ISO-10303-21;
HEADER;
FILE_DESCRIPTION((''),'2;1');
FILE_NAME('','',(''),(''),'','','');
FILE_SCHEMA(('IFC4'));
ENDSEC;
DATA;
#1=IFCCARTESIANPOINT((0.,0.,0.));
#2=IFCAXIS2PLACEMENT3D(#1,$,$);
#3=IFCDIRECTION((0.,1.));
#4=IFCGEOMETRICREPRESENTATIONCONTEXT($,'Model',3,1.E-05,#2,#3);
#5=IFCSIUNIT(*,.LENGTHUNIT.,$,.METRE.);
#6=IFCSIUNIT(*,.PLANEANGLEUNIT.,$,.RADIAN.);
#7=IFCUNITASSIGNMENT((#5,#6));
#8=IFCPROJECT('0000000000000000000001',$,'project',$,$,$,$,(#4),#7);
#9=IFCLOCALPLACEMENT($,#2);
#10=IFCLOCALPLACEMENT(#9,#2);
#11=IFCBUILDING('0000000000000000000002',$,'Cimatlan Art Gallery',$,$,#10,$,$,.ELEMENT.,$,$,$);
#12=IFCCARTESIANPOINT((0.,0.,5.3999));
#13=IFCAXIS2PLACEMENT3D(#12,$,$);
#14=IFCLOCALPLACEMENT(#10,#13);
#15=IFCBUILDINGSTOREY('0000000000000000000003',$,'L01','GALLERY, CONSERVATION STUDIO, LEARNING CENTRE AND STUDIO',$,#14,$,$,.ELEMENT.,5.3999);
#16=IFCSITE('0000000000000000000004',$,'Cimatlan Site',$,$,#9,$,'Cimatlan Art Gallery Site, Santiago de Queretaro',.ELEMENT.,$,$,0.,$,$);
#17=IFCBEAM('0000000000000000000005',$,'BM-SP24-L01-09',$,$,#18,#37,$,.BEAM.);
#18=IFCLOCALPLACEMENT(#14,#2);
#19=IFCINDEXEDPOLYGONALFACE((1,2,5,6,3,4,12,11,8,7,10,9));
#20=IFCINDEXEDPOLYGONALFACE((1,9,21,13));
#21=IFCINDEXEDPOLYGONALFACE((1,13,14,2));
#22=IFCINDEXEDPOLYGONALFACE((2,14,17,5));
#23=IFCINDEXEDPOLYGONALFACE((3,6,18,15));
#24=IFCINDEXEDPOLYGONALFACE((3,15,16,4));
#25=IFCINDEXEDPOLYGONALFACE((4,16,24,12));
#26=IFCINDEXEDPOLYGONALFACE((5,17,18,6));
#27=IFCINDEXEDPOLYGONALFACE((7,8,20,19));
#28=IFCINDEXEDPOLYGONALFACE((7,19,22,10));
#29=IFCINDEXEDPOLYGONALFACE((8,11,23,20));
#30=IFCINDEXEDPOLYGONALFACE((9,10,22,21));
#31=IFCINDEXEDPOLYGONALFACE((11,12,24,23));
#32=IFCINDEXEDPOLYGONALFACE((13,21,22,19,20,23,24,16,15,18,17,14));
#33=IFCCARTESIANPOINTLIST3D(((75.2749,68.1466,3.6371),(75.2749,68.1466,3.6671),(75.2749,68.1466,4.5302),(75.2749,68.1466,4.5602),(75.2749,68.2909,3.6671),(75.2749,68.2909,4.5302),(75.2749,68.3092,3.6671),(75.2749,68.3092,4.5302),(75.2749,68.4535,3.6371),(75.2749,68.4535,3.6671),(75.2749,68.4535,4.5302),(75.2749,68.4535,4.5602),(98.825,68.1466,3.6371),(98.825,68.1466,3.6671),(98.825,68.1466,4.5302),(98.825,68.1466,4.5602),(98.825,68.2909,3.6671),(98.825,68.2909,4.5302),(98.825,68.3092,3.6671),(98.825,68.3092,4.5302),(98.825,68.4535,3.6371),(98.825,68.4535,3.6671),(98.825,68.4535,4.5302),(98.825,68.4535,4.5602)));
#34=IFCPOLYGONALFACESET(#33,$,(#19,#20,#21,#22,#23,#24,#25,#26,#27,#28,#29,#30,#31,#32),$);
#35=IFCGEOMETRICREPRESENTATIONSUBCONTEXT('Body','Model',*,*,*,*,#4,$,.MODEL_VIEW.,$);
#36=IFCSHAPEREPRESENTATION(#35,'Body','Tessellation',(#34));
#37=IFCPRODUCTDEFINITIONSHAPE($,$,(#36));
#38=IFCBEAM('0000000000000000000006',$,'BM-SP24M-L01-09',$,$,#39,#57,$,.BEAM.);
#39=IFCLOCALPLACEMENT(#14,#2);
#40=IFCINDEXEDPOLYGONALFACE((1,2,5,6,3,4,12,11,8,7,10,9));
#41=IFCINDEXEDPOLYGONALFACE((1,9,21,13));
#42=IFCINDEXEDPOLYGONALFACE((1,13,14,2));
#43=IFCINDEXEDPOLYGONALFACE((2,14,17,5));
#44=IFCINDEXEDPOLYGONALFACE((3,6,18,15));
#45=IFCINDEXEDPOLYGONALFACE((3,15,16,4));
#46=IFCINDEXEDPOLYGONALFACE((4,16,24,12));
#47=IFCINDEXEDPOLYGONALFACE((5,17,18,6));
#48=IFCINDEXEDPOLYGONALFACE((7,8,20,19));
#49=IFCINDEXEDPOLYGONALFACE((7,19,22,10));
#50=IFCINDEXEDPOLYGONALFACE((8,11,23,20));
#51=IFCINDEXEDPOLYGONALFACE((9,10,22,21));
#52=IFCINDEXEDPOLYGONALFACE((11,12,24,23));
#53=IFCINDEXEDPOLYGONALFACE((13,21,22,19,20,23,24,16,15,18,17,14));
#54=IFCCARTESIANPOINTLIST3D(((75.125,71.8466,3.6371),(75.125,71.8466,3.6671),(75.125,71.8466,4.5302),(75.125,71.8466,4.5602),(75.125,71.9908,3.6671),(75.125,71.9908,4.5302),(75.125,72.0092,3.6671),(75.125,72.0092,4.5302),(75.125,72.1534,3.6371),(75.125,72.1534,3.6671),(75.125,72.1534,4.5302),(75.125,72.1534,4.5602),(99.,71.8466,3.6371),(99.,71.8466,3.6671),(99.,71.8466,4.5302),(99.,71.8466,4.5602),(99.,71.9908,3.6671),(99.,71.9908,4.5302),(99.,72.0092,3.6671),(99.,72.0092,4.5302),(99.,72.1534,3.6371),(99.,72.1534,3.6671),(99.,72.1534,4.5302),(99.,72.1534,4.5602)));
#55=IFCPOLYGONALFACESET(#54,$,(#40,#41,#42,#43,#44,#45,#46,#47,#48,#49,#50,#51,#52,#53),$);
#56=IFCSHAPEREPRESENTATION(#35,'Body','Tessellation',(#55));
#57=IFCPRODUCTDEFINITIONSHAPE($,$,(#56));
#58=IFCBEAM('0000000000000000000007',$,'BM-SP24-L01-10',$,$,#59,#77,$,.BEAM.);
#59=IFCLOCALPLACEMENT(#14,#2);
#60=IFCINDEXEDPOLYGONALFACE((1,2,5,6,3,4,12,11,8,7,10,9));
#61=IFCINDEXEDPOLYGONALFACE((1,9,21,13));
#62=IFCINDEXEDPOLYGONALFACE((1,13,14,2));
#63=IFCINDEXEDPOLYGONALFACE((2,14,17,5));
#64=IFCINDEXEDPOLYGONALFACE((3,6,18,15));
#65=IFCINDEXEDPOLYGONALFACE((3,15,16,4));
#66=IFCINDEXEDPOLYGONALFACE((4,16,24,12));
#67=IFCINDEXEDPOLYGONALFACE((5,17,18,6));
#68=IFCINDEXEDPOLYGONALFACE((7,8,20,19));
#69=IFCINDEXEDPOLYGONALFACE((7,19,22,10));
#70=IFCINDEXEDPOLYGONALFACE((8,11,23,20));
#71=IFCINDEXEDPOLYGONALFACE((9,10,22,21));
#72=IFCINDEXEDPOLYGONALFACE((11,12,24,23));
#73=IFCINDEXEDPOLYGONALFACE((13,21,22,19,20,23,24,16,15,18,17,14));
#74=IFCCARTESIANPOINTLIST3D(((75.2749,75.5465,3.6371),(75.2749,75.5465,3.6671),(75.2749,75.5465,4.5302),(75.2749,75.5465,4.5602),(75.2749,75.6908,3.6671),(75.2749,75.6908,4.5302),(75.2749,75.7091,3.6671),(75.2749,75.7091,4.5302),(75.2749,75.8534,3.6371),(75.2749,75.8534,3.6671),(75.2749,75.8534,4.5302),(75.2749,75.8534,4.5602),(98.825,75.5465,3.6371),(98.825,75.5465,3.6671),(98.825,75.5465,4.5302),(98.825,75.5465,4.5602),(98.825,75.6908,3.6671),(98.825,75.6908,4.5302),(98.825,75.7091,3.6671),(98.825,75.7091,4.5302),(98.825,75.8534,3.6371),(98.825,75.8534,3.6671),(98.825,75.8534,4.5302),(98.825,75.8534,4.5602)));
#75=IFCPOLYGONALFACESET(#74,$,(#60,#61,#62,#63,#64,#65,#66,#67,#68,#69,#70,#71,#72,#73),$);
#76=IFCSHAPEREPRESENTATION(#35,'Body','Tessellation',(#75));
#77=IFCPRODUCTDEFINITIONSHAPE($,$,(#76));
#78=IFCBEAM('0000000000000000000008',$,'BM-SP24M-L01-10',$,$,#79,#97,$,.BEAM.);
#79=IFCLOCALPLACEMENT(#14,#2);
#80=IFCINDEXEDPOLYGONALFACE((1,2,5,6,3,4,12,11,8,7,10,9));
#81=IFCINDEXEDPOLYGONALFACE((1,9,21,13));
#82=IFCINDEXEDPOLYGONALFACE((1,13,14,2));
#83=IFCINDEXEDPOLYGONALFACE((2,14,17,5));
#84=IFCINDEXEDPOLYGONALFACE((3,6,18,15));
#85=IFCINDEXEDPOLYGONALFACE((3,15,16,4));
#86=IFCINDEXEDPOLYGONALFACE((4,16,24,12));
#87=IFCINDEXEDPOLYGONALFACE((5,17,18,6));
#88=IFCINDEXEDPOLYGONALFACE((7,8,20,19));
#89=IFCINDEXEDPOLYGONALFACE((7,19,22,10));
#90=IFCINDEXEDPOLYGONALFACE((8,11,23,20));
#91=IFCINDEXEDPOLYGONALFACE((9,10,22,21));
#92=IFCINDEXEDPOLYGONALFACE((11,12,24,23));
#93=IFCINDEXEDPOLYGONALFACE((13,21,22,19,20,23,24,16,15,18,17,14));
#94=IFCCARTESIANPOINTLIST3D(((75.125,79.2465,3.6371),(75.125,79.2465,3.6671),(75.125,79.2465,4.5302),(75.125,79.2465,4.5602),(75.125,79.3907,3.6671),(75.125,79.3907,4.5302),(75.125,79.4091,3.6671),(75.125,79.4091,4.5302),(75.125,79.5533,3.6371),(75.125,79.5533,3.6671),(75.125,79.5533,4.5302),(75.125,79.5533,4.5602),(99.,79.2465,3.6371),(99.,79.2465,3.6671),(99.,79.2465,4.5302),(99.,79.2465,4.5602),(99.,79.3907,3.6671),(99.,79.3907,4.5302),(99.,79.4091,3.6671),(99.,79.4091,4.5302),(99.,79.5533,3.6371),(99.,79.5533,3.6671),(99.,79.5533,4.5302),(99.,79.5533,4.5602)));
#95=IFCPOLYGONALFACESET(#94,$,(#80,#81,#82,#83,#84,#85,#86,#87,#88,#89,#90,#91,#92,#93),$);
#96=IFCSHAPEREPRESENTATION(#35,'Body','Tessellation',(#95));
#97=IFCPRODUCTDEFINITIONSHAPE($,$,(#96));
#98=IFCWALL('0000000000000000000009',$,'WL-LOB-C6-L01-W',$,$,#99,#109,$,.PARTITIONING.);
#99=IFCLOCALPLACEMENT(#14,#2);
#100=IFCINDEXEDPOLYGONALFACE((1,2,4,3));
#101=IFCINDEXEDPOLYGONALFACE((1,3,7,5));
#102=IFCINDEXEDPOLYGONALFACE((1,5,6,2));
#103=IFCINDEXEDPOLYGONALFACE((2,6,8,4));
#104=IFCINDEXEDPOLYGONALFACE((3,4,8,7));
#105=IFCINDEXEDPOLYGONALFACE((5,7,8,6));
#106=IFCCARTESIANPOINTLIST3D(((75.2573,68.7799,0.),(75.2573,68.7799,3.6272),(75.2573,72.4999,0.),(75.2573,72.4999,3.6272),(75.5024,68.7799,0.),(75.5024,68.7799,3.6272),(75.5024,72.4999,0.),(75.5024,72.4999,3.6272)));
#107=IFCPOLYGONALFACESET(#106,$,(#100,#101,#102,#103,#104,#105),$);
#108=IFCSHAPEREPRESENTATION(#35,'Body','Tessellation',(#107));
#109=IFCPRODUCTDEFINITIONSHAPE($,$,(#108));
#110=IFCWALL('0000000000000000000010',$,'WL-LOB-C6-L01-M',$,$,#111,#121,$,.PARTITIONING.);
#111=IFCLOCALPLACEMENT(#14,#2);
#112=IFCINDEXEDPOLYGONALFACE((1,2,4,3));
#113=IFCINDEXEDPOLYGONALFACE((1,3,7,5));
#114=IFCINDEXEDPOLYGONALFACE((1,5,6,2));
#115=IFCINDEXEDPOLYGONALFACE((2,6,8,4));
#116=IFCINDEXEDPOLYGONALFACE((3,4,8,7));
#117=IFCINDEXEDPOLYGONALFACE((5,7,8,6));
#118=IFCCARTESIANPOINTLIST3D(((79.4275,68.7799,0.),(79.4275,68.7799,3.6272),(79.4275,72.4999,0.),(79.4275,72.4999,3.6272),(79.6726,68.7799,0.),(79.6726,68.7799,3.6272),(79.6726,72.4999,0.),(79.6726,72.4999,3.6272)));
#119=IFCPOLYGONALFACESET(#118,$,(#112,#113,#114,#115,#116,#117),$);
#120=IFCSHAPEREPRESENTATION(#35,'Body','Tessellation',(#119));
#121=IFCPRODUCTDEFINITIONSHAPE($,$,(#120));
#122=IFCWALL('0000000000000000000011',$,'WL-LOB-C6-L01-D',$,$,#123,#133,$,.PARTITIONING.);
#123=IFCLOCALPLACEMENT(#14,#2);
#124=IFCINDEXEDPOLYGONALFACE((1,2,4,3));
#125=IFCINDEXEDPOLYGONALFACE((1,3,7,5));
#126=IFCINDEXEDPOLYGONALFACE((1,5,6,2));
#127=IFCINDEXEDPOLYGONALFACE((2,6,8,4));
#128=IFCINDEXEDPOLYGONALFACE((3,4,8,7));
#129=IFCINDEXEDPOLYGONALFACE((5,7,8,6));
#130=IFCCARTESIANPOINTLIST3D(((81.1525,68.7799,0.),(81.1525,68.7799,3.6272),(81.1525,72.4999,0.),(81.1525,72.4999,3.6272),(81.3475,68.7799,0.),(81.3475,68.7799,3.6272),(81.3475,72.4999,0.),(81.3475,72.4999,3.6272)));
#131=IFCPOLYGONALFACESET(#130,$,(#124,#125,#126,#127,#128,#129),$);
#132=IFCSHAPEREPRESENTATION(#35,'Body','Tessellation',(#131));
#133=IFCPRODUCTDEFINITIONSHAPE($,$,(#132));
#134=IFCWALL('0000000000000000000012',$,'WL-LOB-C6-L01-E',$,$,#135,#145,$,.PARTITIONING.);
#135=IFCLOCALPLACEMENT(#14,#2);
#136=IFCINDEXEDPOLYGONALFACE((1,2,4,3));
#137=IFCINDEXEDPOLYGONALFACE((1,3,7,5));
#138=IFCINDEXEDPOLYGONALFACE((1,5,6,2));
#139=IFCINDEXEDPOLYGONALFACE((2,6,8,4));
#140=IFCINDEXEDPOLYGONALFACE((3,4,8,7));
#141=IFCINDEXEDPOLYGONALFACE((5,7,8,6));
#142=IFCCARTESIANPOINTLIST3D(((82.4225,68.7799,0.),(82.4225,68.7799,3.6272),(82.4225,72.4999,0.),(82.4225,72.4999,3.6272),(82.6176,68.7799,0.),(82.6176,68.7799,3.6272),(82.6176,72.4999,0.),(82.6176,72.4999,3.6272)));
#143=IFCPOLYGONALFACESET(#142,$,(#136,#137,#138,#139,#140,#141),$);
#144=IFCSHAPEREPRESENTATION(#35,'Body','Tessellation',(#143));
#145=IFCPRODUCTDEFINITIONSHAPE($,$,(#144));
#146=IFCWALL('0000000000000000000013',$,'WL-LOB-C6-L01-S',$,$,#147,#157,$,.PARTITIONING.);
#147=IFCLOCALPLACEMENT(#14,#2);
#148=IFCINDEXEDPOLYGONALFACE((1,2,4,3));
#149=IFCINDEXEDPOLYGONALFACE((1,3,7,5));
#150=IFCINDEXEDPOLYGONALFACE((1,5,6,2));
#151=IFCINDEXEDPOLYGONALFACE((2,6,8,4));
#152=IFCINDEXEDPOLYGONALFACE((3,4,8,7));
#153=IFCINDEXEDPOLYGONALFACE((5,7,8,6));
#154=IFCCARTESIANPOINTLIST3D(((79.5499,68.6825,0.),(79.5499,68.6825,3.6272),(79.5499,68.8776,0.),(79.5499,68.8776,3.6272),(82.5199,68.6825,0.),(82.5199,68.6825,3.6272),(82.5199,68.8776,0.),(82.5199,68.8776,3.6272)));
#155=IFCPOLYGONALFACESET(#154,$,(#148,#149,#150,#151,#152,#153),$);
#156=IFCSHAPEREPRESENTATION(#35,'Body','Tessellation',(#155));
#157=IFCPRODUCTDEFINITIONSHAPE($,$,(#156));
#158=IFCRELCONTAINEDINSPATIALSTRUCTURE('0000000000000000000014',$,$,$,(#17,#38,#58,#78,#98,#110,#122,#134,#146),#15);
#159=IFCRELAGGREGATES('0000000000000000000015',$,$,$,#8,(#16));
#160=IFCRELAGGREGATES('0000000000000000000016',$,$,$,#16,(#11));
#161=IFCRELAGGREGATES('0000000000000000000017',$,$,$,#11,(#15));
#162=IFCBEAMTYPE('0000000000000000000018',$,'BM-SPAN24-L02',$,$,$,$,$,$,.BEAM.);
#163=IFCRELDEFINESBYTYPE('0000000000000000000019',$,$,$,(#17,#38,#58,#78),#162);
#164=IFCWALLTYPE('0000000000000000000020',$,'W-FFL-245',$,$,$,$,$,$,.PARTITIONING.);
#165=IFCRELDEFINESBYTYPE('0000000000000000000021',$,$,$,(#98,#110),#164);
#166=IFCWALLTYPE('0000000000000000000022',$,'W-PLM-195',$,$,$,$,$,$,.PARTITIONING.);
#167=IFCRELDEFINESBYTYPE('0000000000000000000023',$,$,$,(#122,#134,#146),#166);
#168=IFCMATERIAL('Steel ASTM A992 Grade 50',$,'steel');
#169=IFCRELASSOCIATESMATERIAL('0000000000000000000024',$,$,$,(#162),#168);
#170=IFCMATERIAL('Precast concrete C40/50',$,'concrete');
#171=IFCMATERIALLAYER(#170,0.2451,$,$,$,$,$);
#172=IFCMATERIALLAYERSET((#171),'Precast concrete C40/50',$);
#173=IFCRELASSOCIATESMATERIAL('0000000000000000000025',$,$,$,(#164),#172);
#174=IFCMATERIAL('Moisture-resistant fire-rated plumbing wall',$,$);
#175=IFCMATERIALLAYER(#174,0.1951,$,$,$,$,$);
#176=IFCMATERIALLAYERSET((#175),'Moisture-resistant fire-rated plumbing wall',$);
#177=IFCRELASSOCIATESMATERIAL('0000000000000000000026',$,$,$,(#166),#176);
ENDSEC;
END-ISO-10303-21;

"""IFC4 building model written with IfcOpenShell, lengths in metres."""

from ifc_helpers import new_model, si_unit, direction, frame, frame_2d, origin, origin_2d, place, context, subcontext, project, spatial, rectangle, i_section, extrude, material, layer, layer_set, material_profile, profile_set, type_object, element, save


model = new_model("IFC4")

# Units and contexts
model_context = context("Model", 3, precision=1e-05, world=origin(), true_north=direction((0.0, 1.0)))
body_context = subcontext(model_context, "Body", "Model", "MODEL_VIEW")
ifc_project = project(units=[si_unit("LENGTHUNIT", "METRE"), si_unit("PLANEANGLEUNIT", "RADIAN")], contexts=[model_context])

# Site, building, storey
site_placement = place(None, origin())
site = spatial("IfcSite", under=ifc_project, at=site_placement, Name="Cimatlan Site", LongName="Cimatlan Art Gallery Site, Santiago de Queretaro", CompositionType="ELEMENT", RefElevation=0.0)
building_placement = place(site_placement, origin())
building = spatial("IfcBuilding", under=site, at=building_placement, Name="Cimatlan Art Gallery", CompositionType="ELEMENT")
storey_placement = place(building_placement, frame((0.0, 0.0, 5.3999)))
storey = spatial("IfcBuildingStorey", under=building, at=storey_placement, Name="L01", Description="GALLERY, CONSERVATION STUDIO, LEARNING CENTRE AND STUDIO", CompositionType="ELEMENT", Elevation=5.3999)

# Beams
ifc_material_1 = material(Name="Steel ASTM A992 Grade 50", Category="steel")
ifc_material_profile = material_profile(ifc_material_1, i_section(OverallWidth=0.3069, OverallDepth=0.9231, WebThickness=0.0183, FlangeThickness=0.03, at=origin_2d()), Name="W36X182")
ifc_profile_set = profile_set([ifc_material_profile], Name="Steel ASTM A992 Grade 50")
beam_type = type_object("IfcBeamType", Name="BM-SPAN24-L02", PredefinedType="BEAM", material=ifc_profile_set)
beam_1_placement = place(storey_placement, frame((75.2749, 68.3, 4.0986), z_axis=(1.0, 0.0, 0.0), x_axis=(0.0, 1.0, 0.0)))
element("IfcBeam", 1, at=beam_1_placement, inside=storey, type_object=beam_type, Name="BM-SP24-L01-09", PredefinedType="BEAM", context=body_context, shape_type="SweptSolid", body=[
    extrude(i_section(OverallWidth=0.3069, OverallDepth=0.9231, WebThickness=0.0183, FlangeThickness=0.03, at=origin_2d()), origin(), (0.0, 0.0, 1.0), 23.55),
])
beam_2_placement = place(storey_placement, frame((75.125, 72.0, 4.0986), z_axis=(1.0, 0.0, 0.0), x_axis=(0.0, 1.0, 0.0)))
element("IfcBeam", 2, at=beam_2_placement, inside=storey, type_object=beam_type, Name="BM-SP24M-L01-09", PredefinedType="BEAM", context=body_context, shape_type="SweptSolid", body=[
    extrude(i_section(OverallWidth=0.3069, OverallDepth=0.9231, WebThickness=0.0183, FlangeThickness=0.03, at=origin_2d()), origin(), (0.0, 0.0, 1.0), 23.875),
])
beam_3_placement = place(storey_placement, frame((75.2749, 75.7, 4.0986), z_axis=(1.0, 0.0, 0.0), x_axis=(0.0, 1.0, 0.0)))
element("IfcBeam", 3, at=beam_3_placement, inside=storey, type_object=beam_type, Name="BM-SP24-L01-10", PredefinedType="BEAM", context=body_context, shape_type="SweptSolid", body=[
    extrude(i_section(OverallWidth=0.3069, OverallDepth=0.9231, WebThickness=0.0183, FlangeThickness=0.03, at=origin_2d()), origin(), (0.0, 0.0, 1.0), 23.55),
])
beam_4_placement = place(storey_placement, frame((75.125, 79.3999, 4.0986), z_axis=(1.0, 0.0, 0.0), x_axis=(0.0, 1.0, 0.0)))
element("IfcBeam", 4, at=beam_4_placement, inside=storey, type_object=beam_type, Name="BM-SP24M-L01-10", PredefinedType="BEAM", context=body_context, shape_type="SweptSolid", body=[
    extrude(i_section(OverallWidth=0.3069, OverallDepth=0.9231, WebThickness=0.0183, FlangeThickness=0.03, at=origin_2d()), origin(), (0.0, 0.0, 1.0), 23.875),
])

# Shared definitions
ifc_material_2 = material(Name="Precast concrete C40/50", Category="concrete")
ifc_layer_1 = layer(ifc_material_2, 0.2451)
ifc_layer_set_1 = layer_set([ifc_layer_1], Name="Precast concrete C40/50")
wall_type_1 = type_object("IfcWallType", Name="W-FFL-245", PredefinedType="PARTITIONING", material=ifc_layer_set_1)

# Walls
for number, where, z_axis, x_axis, name in (
    (5, (75.3799, 68.78, 0.0), (0.0, 0.0, 1.0), (0.0, 1.0, 0.0), "WL-LOB-C6-L01-W"),
    (6, (79.55, 68.78, 0.0), (0.0, 0.0, 1.0), (0.0, 1.0, 0.0), "WL-LOB-C6-L01-M"),
):
    element("IfcWall", number, at=place(storey_placement, frame(where, z_axis=z_axis, x_axis=x_axis)), inside=storey, type_object=wall_type_1, Name=name, PredefinedType="PARTITIONING", context=body_context, shape_type="SweptSolid", body=[
        extrude(rectangle(XDim=3.72, YDim=0.2451, at=frame_2d((1.8599, 0.0))), origin(), (0.0, 0.0, 1.0), 3.6272),
    ])

# Walls
ifc_material_3 = material(Name="Moisture-resistant fire-rated plumbing wall")
ifc_layer_2 = layer(ifc_material_3, 0.1951)
ifc_layer_set_2 = layer_set([ifc_layer_2], Name="Moisture-resistant fire-rated plumbing wall")
wall_type_2 = type_object("IfcWallType", Name="W-PLM-195", PredefinedType="PARTITIONING", material=ifc_layer_set_2)
for number, where, z_axis, x_axis, name in (
    (7, (81.25, 68.78, 0.0), (0.0, 0.0, 1.0), (0.0, 1.0, 0.0), "WL-LOB-C6-L01-D"),
    (8, (82.52, 68.78, 0.0), (0.0, 0.0, 1.0), (0.0, 1.0, 0.0), "WL-LOB-C6-L01-E"),
):
    element("IfcWall", number, at=place(storey_placement, frame(where, z_axis=z_axis, x_axis=x_axis)), inside=storey, type_object=wall_type_2, Name=name, PredefinedType="PARTITIONING", context=body_context, shape_type="SweptSolid", body=[
        extrude(rectangle(XDim=3.72, YDim=0.1951, at=frame_2d((1.8599, 0.0))), origin(), (0.0, 0.0, 1.0), 3.6272),
    ])
wall_1_placement = place(storey_placement, frame((79.55, 68.78, 0.0), z_axis=(0.0, 0.0, 1.0), x_axis=(1.0, 0.0, 0.0)))
element("IfcWall", 9, at=wall_1_placement, inside=storey, type_object=wall_type_2, Name="WL-LOB-C6-L01-S", PredefinedType="PARTITIONING", context=body_context, shape_type="SweptSolid", body=[
    extrude(rectangle(XDim=2.97, YDim=0.1951, at=frame_2d((1.4849, 0.0))), origin(), (0.0, 0.0, 1.0), 3.6272),
])

save(model, "model.ifc")
